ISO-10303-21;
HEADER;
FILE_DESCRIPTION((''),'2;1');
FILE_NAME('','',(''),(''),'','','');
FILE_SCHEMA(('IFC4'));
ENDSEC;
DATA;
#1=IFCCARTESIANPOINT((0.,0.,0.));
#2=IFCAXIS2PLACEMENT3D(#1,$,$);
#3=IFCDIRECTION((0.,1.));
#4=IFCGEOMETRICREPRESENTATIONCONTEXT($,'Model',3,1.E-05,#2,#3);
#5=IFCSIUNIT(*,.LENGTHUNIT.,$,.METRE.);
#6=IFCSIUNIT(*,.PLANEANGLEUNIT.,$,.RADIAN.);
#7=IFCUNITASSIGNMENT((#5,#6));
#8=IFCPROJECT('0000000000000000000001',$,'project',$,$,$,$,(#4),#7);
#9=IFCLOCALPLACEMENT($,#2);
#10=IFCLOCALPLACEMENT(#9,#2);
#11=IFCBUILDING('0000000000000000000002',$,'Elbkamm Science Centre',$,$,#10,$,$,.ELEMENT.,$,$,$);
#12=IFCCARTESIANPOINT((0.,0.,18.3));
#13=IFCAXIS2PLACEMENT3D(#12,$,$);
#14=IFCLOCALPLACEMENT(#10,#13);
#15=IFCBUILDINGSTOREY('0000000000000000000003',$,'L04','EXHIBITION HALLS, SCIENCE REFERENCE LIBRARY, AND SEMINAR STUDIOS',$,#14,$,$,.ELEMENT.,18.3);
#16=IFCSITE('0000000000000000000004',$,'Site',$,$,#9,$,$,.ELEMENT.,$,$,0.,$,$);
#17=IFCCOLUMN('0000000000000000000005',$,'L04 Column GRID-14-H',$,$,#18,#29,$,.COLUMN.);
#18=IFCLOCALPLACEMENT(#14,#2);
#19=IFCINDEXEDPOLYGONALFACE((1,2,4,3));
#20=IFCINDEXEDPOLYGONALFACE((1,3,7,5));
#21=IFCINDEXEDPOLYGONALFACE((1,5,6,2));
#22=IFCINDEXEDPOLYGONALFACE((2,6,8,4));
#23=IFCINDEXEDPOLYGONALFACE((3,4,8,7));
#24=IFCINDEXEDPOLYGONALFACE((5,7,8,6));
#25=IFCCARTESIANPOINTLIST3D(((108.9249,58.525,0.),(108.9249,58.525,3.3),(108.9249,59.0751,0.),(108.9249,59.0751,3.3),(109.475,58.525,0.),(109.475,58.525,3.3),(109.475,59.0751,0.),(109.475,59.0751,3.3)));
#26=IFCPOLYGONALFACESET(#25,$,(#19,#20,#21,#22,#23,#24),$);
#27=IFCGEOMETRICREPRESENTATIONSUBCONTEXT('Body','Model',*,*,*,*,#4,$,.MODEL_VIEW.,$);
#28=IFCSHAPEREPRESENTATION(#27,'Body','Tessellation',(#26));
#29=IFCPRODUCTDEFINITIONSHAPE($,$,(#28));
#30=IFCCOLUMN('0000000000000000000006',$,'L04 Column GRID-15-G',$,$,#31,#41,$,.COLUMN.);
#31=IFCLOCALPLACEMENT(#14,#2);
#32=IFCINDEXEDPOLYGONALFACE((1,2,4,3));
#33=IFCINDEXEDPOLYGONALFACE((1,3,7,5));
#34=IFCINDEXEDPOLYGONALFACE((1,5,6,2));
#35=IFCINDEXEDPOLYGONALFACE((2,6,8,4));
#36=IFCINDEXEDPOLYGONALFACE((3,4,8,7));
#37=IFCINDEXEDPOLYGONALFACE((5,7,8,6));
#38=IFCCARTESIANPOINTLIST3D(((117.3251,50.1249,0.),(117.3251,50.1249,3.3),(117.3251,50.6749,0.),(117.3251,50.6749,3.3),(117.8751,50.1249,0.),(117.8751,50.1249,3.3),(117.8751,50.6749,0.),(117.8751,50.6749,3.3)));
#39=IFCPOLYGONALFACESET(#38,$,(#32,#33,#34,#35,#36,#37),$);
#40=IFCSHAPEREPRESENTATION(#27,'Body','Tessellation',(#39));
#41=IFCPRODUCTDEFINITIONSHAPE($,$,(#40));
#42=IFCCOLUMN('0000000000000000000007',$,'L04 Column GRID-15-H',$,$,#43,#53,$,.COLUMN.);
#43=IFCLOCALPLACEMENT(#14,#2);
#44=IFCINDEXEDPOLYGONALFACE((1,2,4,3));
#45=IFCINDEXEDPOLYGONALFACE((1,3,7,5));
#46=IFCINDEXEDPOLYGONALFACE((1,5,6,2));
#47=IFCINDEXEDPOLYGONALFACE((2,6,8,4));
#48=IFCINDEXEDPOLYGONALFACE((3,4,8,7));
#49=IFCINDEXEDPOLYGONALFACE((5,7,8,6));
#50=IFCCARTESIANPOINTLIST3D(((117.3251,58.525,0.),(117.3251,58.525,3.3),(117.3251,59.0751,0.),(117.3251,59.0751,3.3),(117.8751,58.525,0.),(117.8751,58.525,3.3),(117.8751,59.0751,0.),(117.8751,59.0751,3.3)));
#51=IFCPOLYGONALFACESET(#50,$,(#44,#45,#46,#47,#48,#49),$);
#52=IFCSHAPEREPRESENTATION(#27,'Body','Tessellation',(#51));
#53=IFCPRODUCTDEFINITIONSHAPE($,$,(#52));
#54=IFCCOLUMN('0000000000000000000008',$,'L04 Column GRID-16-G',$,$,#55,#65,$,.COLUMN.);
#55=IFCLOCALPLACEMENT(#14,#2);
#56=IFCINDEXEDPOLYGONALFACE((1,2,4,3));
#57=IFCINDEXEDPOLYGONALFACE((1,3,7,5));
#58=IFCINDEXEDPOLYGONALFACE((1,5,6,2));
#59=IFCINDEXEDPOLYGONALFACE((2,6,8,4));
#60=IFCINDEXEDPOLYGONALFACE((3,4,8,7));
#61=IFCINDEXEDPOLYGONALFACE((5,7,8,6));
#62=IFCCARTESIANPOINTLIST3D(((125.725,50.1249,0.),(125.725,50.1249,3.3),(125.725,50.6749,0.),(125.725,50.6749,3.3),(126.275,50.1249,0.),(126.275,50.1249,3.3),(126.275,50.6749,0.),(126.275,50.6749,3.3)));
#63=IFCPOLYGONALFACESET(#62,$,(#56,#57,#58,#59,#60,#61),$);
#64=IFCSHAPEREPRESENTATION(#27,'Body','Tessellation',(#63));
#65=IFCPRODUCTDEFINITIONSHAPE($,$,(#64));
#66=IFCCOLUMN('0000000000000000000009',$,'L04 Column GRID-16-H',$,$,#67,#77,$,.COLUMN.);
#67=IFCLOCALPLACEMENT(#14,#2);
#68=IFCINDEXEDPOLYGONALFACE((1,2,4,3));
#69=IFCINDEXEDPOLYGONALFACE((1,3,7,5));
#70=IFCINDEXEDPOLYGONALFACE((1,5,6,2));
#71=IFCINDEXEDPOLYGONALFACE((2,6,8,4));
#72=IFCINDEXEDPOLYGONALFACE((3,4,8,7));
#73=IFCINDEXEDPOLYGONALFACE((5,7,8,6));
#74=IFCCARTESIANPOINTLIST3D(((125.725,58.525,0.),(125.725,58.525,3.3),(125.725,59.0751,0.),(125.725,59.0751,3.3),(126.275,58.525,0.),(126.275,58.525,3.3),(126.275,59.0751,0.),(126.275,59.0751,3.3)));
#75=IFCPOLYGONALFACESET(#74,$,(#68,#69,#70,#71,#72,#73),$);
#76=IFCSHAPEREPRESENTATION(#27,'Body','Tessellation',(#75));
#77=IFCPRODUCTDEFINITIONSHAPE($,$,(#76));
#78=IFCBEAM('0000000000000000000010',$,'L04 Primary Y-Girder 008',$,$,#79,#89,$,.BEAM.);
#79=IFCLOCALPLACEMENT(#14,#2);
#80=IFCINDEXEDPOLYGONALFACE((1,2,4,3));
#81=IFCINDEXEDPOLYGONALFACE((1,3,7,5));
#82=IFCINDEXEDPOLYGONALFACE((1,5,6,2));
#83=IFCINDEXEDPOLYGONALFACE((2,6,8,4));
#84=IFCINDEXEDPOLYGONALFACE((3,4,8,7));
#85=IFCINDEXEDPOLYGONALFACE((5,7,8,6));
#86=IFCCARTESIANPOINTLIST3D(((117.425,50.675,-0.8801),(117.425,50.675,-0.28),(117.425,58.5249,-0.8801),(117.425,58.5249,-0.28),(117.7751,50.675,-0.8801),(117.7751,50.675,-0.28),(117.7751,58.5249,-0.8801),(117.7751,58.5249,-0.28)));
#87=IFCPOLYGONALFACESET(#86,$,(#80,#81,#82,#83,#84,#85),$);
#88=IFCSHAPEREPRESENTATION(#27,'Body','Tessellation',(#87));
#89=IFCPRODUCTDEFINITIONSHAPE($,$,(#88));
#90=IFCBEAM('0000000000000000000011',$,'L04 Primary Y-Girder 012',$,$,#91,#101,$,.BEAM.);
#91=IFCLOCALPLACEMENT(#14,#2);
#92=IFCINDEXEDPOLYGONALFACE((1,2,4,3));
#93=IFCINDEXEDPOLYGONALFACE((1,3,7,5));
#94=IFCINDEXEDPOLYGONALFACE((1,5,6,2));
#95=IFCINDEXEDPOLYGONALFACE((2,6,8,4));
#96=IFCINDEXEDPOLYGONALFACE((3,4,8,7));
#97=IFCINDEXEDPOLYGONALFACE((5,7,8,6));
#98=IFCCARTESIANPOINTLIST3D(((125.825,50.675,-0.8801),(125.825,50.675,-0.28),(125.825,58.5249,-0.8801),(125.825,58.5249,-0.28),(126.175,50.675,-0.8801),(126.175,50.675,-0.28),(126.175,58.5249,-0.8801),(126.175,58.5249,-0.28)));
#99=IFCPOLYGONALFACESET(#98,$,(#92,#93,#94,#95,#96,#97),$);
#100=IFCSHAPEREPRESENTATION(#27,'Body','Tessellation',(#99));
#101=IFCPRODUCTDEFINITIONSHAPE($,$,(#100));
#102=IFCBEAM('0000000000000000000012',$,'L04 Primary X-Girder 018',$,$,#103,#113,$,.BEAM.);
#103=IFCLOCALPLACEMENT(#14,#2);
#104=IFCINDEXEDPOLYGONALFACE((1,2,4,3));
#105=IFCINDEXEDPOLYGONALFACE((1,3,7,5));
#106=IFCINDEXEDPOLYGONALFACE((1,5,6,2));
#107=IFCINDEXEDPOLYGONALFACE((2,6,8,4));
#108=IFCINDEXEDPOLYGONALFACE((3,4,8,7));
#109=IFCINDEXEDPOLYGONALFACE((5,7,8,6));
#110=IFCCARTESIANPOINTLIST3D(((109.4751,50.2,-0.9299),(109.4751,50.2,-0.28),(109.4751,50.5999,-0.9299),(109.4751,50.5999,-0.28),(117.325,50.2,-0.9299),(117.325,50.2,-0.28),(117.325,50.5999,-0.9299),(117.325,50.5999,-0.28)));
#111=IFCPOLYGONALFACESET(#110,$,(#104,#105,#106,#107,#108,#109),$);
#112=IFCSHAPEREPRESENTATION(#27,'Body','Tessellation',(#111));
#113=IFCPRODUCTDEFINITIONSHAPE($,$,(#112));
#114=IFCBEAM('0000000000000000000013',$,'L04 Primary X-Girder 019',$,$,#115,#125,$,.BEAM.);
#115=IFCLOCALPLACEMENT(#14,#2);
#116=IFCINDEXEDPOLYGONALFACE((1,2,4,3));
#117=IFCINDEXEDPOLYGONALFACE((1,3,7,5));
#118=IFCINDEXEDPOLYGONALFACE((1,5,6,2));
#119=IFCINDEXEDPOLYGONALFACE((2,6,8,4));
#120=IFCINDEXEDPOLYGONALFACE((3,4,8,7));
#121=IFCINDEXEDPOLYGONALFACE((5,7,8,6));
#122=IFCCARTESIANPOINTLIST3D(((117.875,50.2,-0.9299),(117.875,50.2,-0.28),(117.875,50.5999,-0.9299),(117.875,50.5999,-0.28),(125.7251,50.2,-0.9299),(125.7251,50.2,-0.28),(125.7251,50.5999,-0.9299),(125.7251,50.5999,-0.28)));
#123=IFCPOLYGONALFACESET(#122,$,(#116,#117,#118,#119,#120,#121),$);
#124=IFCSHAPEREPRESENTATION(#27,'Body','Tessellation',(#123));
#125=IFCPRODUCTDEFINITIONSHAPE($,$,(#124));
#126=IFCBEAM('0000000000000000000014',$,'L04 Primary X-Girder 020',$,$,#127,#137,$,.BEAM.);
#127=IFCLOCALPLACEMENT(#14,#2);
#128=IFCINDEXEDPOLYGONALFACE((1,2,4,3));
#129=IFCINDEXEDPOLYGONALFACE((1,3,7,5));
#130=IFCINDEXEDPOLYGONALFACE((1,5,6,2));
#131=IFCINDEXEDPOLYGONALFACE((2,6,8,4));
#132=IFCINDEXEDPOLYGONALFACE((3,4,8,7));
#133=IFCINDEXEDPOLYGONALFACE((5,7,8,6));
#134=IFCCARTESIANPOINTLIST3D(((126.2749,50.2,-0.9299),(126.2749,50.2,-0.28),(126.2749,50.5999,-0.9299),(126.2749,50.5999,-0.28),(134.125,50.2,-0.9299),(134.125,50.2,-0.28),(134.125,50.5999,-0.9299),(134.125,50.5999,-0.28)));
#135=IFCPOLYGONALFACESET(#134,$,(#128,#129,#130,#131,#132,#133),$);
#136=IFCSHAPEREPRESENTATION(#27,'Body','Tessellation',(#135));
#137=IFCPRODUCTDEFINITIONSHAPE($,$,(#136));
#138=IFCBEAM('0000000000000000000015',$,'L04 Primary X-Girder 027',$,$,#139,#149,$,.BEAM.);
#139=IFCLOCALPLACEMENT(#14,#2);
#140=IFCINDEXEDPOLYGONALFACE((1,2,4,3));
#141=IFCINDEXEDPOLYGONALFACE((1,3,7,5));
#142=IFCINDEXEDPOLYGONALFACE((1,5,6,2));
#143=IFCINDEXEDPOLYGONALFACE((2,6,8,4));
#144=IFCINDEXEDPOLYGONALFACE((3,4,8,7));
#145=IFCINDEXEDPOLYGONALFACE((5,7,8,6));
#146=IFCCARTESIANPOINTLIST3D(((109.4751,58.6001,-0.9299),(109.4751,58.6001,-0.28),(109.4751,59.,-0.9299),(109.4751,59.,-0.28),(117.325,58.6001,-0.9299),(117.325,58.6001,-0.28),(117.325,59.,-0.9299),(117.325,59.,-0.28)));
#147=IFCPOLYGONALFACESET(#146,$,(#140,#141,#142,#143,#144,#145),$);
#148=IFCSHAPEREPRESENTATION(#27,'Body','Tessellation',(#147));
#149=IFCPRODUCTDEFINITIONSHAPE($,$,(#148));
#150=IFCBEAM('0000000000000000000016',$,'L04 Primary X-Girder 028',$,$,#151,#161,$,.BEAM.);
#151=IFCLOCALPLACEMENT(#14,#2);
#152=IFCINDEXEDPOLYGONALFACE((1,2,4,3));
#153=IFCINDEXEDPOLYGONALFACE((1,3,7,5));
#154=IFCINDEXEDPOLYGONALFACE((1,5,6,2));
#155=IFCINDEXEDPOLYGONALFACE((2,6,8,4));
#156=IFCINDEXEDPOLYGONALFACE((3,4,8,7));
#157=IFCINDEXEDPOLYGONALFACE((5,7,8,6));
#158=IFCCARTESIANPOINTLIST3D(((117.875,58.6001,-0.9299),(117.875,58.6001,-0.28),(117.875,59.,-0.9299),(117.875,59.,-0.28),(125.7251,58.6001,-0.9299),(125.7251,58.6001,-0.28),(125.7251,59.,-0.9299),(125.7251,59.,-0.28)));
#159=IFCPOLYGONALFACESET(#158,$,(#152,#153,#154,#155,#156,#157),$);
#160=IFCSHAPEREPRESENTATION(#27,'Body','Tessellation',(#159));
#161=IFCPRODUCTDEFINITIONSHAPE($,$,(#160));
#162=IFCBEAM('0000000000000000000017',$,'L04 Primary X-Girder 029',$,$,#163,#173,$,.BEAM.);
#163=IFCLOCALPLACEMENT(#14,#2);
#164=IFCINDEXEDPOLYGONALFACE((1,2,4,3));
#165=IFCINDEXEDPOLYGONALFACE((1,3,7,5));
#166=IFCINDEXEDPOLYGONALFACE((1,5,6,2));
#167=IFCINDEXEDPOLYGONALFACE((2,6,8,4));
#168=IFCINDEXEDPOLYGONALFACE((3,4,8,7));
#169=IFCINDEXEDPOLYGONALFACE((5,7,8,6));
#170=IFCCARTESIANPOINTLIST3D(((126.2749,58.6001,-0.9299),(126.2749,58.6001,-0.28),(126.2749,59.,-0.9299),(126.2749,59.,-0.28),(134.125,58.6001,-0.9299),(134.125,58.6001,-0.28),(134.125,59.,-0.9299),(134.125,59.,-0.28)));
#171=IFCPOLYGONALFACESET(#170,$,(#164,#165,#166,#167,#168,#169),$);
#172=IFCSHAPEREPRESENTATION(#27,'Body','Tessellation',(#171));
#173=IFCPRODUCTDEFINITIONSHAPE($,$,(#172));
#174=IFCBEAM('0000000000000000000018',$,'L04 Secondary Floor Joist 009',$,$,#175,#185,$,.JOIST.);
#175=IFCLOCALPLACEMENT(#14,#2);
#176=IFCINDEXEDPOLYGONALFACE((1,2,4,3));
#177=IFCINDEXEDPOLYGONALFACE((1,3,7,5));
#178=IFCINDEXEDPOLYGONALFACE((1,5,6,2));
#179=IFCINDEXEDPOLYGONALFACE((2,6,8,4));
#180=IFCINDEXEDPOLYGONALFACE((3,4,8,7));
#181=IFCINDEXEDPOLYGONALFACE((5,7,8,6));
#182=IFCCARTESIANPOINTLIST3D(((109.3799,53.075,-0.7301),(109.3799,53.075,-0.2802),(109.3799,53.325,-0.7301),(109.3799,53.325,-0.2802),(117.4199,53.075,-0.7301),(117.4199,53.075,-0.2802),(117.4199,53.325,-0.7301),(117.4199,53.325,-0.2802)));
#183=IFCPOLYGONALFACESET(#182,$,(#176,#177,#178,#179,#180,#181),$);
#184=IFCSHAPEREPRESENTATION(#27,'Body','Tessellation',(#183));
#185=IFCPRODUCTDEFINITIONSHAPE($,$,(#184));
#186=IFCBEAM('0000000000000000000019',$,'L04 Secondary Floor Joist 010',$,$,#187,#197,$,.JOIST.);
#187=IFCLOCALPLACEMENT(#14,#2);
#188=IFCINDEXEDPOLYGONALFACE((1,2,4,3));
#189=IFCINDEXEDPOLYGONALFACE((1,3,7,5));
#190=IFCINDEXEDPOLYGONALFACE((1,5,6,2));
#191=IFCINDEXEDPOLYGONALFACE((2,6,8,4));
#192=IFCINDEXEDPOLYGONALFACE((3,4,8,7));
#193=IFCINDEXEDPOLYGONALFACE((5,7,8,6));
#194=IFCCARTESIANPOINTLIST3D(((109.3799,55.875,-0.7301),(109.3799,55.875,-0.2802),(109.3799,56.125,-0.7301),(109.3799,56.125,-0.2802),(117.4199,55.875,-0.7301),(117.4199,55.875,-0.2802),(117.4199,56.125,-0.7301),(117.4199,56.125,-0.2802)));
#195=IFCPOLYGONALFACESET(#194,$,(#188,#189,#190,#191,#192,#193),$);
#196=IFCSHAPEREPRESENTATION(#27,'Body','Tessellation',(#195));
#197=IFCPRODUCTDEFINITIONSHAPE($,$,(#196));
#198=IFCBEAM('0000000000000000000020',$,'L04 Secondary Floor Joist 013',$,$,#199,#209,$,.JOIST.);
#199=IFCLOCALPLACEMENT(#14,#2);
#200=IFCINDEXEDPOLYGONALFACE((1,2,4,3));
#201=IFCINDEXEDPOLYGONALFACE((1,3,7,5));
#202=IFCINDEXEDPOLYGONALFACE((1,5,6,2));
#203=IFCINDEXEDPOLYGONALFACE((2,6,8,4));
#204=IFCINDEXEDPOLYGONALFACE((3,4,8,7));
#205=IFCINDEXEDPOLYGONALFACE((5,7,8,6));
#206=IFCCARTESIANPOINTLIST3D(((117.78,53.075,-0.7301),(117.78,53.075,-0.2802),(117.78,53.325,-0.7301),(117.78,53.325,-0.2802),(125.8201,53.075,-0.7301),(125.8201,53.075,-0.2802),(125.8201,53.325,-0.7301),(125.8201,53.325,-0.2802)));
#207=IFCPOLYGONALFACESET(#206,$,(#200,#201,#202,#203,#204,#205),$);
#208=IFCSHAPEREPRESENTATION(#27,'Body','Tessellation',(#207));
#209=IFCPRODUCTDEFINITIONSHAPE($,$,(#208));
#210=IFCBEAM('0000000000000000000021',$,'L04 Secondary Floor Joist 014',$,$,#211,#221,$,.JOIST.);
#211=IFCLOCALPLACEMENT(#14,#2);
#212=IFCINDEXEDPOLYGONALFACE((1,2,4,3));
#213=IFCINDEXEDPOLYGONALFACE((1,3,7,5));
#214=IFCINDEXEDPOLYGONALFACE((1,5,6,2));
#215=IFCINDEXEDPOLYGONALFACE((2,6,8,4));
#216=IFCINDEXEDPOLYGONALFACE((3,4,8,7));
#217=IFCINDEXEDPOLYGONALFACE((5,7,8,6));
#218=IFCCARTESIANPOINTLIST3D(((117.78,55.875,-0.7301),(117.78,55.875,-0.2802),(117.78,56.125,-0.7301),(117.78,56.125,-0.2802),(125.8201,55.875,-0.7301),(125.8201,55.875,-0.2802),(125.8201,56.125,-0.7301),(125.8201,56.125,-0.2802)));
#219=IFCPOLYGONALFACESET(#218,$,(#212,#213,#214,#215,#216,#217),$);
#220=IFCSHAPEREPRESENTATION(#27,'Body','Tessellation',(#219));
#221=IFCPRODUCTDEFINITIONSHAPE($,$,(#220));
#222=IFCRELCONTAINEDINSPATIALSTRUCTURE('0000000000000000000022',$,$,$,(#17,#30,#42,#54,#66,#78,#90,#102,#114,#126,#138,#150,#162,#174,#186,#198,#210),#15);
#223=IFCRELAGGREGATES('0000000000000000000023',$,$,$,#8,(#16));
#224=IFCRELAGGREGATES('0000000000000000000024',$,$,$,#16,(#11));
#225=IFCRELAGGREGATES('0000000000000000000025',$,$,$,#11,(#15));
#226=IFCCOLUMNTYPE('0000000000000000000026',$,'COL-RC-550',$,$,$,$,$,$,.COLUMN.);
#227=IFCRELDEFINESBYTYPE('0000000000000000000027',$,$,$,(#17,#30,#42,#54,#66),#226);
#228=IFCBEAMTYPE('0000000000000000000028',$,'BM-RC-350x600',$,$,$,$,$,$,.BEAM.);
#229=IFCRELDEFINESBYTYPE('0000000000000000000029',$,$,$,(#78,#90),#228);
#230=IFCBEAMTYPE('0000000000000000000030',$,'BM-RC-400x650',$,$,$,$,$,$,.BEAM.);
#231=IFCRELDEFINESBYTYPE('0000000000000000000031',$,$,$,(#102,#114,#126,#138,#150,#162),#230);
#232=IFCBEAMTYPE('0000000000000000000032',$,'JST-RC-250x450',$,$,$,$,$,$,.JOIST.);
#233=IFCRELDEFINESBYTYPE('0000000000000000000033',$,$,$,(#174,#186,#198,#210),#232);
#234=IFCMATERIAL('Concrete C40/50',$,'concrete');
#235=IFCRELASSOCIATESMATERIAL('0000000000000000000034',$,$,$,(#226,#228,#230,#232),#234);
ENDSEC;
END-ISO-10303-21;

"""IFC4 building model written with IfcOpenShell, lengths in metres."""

from ifc_helpers import new_model, si_unit, direction, frame, origin, origin_2d, place, context, subcontext, project, spatial, rectangle, extrude, material, material_profile, profile_set, type_object, element, save


model = new_model("IFC4")

# Units and contexts
model_context = context("Model", 3, precision=1e-05, world=origin(), true_north=direction((0.0, 1.0)))
body_context = subcontext(model_context, "Body", "Model", "MODEL_VIEW")
ifc_project = project(units=[si_unit("LENGTHUNIT", "METRE"), si_unit("PLANEANGLEUNIT", "RADIAN")], contexts=[model_context])

# Site, building, storey
site_placement = place(None, origin())
site = spatial("IfcSite", under=ifc_project, at=site_placement, Name="Site", CompositionType="ELEMENT", RefElevation=0.0)
building_placement = place(site_placement, origin())
building = spatial("IfcBuilding", under=site, at=building_placement, Name="Elbkamm Science Centre", CompositionType="ELEMENT")
storey_placement = place(building_placement, frame((0.0, 0.0, 18.3)))
storey = spatial("IfcBuildingStorey", under=building, at=storey_placement, Name="L04", Description="EXHIBITION HALLS, SCIENCE REFERENCE LIBRARY, AND SEMINAR STUDIOS", CompositionType="ELEMENT", Elevation=18.3)

# Columns
ifc_material_1 = material(Name="Concrete C40/50", Category="concrete")
ifc_material_profile_1 = material_profile(ifc_material_1, rectangle(XDim=0.55, YDim=0.55, at=origin_2d()), Name="RC 550x550")
ifc_profile_set_1 = profile_set([ifc_material_profile_1], Name="Concrete C40/50")
column_type = type_object("IfcColumnType", Name="COL-RC-550", PredefinedType="COLUMN", material=ifc_profile_set_1)
for number, where, z_axis, x_axis, name in (
    (1, (109.2, 58.8, 0.0), (0.0, 0.0, 1.0), (1.0, 0.0, 0.0), "L04 Column GRID-14-H"),
    (2, (117.6001, 50.3999, 0.0), (0.0, 0.0, 1.0), (1.0, 0.0, 0.0), "L04 Column GRID-15-G"),
    (3, (117.6001, 58.8, 0.0), (0.0, 0.0, 1.0), (1.0, 0.0, 0.0), "L04 Column GRID-15-H"),
    (4, (126.0, 50.3999, 0.0), (0.0, 0.0, 1.0), (1.0, 0.0, 0.0), "L04 Column GRID-16-G"),
    (5, (126.0, 58.8, 0.0), (0.0, 0.0, 1.0), (1.0, 0.0, 0.0), "L04 Column GRID-16-H"),
):
    element("IfcColumn", number, at=place(storey_placement, frame(where, z_axis=z_axis, x_axis=x_axis)), inside=storey, type_object=column_type, Name=name, PredefinedType="COLUMN", context=body_context, shape_type="SweptSolid", body=[
        extrude(rectangle(XDim=0.55, YDim=0.55, at=origin_2d()), origin(), (0.0, 0.0, 1.0), 3.3),
    ])

# Beams
ifc_material_profile_2 = material_profile(ifc_material_1, rectangle(XDim=0.3501, YDim=0.6001, at=origin_2d()), Name="RC 350x600")
ifc_profile_set_2 = profile_set([ifc_material_profile_2], Name="Concrete C40/50")
beam_type_1 = type_object("IfcBeamType", Name="BM-RC-350x600", PredefinedType="BEAM", material=ifc_profile_set_2)
for number, where, z_axis, x_axis, name in (
    (6, (117.6001, 50.675, -0.5801), (0.0, 1.0, 0.0), (-1.0, 0.0, 0.0), "L04 Primary Y-Girder 008"),
    (7, (126.0, 50.675, -0.5801), (0.0, 1.0, 0.0), (-1.0, 0.0, 0.0), "L04 Primary Y-Girder 012"),
):
    element("IfcBeam", number, at=place(storey_placement, frame(where, z_axis=z_axis, x_axis=x_axis)), inside=storey, type_object=beam_type_1, Name=name, PredefinedType="BEAM", context=body_context, shape_type="SweptSolid", body=[
        extrude(rectangle(XDim=0.3501, YDim=0.6001, at=origin_2d()), origin(), (0.0, 0.0, 1.0), 7.8499),
    ])
ifc_material_profile_3 = material_profile(ifc_material_1, rectangle(XDim=0.3999, YDim=0.6499, at=origin_2d()), Name="RC 400x650")
ifc_profile_set_3 = profile_set([ifc_material_profile_3], Name="Concrete C40/50")
beam_type_2 = type_object("IfcBeamType", Name="BM-RC-400x650", PredefinedType="BEAM", material=ifc_profile_set_3)
beam_1_placement = place(storey_placement, frame((109.4751, 50.3999, -0.605), z_axis=(1.0, 0.0, 0.0), x_axis=(0.0, 1.0, 0.0)))
element("IfcBeam", 8, at=beam_1_placement, inside=storey, type_object=beam_type_2, Name="L04 Primary X-Girder 018", PredefinedType="BEAM", context=body_context, shape_type="SweptSolid", body=[
    extrude(rectangle(XDim=0.3999, YDim=0.6499, at=origin_2d()), origin(), (0.0, 0.0, 1.0), 7.8499),
])
for number, where, z_axis, x_axis, name in (
    (9, (117.875, 50.3999, -0.605), (1.0, 0.0, 0.0), (0.0, 1.0, 0.0), "L04 Primary X-Girder 019"),
    (10, (126.2749, 50.3999, -0.605), (1.0, 0.0, 0.0), (0.0, 1.0, 0.0), "L04 Primary X-Girder 020"),
):
    element("IfcBeam", number, at=place(storey_placement, frame(where, z_axis=z_axis, x_axis=x_axis)), inside=storey, type_object=beam_type_2, Name=name, PredefinedType="BEAM", context=body_context, shape_type="SweptSolid", body=[
        extrude(rectangle(XDim=0.3999, YDim=0.6499, at=origin_2d()), origin(), (0.0, 0.0, 1.0), 7.8501),
    ])
beam_2_placement = place(storey_placement, frame((109.4751, 58.8, -0.605), z_axis=(1.0, 0.0, 0.0), x_axis=(0.0, 1.0, 0.0)))
element("IfcBeam", 11, at=beam_2_placement, inside=storey, type_object=beam_type_2, Name="L04 Primary X-Girder 027", PredefinedType="BEAM", context=body_context, shape_type="SweptSolid", body=[
    extrude(rectangle(XDim=0.3999, YDim=0.6499, at=origin_2d()), origin(), (0.0, 0.0, 1.0), 7.8499),
])
for number, where, z_axis, x_axis, name in (
    (12, (117.875, 58.8, -0.605), (1.0, 0.0, 0.0), (0.0, 1.0, 0.0), "L04 Primary X-Girder 028"),
    (13, (126.2749, 58.8, -0.605), (1.0, 0.0, 0.0), (0.0, 1.0, 0.0), "L04 Primary X-Girder 029"),
):
    element("IfcBeam", number, at=place(storey_placement, frame(where, z_axis=z_axis, x_axis=x_axis)), inside=storey, type_object=beam_type_2, Name=name, PredefinedType="BEAM", context=body_context, shape_type="SweptSolid", body=[
        extrude(rectangle(XDim=0.3999, YDim=0.6499, at=origin_2d()), origin(), (0.0, 0.0, 1.0), 7.8501),
    ])
ifc_material_profile_4 = material_profile(ifc_material_1, rectangle(XDim=0.25, YDim=0.45, at=origin_2d()), Name="RC 250x450")
ifc_profile_set_4 = profile_set([ifc_material_profile_4], Name="Concrete C40/50")
beam_type_3 = type_object("IfcBeamType", Name="JST-RC-250x450", PredefinedType="JOIST", material=ifc_profile_set_4)
for number, where, z_axis, x_axis, name in (
    (14, (109.3799, 53.2, -0.5051), (1.0, 0.0, 0.0), (0.0, 1.0, 0.0), "L04 Secondary Floor Joist 009"),
    (15, (109.3799, 56.0, -0.5051), (1.0, 0.0, 0.0), (0.0, 1.0, 0.0), "L04 Secondary Floor Joist 010"),
    (16, (117.78, 53.2, -0.5051), (1.0, 0.0, 0.0), (0.0, 1.0, 0.0), "L04 Secondary Floor Joist 013"),
    (17, (117.78, 56.0, -0.5051), (1.0, 0.0, 0.0), (0.0, 1.0, 0.0), "L04 Secondary Floor Joist 014"),
):
    element("IfcBeam", number, at=place(storey_placement, frame(where, z_axis=z_axis, x_axis=x_axis)), inside=storey, type_object=beam_type_3, Name=name, PredefinedType="JOIST", context=body_context, shape_type="SweptSolid", body=[
        extrude(rectangle(XDim=0.25, YDim=0.45, at=origin_2d()), origin(), (0.0, 0.0, 1.0), 8.04),
    ])

save(model, "model.ifc")
